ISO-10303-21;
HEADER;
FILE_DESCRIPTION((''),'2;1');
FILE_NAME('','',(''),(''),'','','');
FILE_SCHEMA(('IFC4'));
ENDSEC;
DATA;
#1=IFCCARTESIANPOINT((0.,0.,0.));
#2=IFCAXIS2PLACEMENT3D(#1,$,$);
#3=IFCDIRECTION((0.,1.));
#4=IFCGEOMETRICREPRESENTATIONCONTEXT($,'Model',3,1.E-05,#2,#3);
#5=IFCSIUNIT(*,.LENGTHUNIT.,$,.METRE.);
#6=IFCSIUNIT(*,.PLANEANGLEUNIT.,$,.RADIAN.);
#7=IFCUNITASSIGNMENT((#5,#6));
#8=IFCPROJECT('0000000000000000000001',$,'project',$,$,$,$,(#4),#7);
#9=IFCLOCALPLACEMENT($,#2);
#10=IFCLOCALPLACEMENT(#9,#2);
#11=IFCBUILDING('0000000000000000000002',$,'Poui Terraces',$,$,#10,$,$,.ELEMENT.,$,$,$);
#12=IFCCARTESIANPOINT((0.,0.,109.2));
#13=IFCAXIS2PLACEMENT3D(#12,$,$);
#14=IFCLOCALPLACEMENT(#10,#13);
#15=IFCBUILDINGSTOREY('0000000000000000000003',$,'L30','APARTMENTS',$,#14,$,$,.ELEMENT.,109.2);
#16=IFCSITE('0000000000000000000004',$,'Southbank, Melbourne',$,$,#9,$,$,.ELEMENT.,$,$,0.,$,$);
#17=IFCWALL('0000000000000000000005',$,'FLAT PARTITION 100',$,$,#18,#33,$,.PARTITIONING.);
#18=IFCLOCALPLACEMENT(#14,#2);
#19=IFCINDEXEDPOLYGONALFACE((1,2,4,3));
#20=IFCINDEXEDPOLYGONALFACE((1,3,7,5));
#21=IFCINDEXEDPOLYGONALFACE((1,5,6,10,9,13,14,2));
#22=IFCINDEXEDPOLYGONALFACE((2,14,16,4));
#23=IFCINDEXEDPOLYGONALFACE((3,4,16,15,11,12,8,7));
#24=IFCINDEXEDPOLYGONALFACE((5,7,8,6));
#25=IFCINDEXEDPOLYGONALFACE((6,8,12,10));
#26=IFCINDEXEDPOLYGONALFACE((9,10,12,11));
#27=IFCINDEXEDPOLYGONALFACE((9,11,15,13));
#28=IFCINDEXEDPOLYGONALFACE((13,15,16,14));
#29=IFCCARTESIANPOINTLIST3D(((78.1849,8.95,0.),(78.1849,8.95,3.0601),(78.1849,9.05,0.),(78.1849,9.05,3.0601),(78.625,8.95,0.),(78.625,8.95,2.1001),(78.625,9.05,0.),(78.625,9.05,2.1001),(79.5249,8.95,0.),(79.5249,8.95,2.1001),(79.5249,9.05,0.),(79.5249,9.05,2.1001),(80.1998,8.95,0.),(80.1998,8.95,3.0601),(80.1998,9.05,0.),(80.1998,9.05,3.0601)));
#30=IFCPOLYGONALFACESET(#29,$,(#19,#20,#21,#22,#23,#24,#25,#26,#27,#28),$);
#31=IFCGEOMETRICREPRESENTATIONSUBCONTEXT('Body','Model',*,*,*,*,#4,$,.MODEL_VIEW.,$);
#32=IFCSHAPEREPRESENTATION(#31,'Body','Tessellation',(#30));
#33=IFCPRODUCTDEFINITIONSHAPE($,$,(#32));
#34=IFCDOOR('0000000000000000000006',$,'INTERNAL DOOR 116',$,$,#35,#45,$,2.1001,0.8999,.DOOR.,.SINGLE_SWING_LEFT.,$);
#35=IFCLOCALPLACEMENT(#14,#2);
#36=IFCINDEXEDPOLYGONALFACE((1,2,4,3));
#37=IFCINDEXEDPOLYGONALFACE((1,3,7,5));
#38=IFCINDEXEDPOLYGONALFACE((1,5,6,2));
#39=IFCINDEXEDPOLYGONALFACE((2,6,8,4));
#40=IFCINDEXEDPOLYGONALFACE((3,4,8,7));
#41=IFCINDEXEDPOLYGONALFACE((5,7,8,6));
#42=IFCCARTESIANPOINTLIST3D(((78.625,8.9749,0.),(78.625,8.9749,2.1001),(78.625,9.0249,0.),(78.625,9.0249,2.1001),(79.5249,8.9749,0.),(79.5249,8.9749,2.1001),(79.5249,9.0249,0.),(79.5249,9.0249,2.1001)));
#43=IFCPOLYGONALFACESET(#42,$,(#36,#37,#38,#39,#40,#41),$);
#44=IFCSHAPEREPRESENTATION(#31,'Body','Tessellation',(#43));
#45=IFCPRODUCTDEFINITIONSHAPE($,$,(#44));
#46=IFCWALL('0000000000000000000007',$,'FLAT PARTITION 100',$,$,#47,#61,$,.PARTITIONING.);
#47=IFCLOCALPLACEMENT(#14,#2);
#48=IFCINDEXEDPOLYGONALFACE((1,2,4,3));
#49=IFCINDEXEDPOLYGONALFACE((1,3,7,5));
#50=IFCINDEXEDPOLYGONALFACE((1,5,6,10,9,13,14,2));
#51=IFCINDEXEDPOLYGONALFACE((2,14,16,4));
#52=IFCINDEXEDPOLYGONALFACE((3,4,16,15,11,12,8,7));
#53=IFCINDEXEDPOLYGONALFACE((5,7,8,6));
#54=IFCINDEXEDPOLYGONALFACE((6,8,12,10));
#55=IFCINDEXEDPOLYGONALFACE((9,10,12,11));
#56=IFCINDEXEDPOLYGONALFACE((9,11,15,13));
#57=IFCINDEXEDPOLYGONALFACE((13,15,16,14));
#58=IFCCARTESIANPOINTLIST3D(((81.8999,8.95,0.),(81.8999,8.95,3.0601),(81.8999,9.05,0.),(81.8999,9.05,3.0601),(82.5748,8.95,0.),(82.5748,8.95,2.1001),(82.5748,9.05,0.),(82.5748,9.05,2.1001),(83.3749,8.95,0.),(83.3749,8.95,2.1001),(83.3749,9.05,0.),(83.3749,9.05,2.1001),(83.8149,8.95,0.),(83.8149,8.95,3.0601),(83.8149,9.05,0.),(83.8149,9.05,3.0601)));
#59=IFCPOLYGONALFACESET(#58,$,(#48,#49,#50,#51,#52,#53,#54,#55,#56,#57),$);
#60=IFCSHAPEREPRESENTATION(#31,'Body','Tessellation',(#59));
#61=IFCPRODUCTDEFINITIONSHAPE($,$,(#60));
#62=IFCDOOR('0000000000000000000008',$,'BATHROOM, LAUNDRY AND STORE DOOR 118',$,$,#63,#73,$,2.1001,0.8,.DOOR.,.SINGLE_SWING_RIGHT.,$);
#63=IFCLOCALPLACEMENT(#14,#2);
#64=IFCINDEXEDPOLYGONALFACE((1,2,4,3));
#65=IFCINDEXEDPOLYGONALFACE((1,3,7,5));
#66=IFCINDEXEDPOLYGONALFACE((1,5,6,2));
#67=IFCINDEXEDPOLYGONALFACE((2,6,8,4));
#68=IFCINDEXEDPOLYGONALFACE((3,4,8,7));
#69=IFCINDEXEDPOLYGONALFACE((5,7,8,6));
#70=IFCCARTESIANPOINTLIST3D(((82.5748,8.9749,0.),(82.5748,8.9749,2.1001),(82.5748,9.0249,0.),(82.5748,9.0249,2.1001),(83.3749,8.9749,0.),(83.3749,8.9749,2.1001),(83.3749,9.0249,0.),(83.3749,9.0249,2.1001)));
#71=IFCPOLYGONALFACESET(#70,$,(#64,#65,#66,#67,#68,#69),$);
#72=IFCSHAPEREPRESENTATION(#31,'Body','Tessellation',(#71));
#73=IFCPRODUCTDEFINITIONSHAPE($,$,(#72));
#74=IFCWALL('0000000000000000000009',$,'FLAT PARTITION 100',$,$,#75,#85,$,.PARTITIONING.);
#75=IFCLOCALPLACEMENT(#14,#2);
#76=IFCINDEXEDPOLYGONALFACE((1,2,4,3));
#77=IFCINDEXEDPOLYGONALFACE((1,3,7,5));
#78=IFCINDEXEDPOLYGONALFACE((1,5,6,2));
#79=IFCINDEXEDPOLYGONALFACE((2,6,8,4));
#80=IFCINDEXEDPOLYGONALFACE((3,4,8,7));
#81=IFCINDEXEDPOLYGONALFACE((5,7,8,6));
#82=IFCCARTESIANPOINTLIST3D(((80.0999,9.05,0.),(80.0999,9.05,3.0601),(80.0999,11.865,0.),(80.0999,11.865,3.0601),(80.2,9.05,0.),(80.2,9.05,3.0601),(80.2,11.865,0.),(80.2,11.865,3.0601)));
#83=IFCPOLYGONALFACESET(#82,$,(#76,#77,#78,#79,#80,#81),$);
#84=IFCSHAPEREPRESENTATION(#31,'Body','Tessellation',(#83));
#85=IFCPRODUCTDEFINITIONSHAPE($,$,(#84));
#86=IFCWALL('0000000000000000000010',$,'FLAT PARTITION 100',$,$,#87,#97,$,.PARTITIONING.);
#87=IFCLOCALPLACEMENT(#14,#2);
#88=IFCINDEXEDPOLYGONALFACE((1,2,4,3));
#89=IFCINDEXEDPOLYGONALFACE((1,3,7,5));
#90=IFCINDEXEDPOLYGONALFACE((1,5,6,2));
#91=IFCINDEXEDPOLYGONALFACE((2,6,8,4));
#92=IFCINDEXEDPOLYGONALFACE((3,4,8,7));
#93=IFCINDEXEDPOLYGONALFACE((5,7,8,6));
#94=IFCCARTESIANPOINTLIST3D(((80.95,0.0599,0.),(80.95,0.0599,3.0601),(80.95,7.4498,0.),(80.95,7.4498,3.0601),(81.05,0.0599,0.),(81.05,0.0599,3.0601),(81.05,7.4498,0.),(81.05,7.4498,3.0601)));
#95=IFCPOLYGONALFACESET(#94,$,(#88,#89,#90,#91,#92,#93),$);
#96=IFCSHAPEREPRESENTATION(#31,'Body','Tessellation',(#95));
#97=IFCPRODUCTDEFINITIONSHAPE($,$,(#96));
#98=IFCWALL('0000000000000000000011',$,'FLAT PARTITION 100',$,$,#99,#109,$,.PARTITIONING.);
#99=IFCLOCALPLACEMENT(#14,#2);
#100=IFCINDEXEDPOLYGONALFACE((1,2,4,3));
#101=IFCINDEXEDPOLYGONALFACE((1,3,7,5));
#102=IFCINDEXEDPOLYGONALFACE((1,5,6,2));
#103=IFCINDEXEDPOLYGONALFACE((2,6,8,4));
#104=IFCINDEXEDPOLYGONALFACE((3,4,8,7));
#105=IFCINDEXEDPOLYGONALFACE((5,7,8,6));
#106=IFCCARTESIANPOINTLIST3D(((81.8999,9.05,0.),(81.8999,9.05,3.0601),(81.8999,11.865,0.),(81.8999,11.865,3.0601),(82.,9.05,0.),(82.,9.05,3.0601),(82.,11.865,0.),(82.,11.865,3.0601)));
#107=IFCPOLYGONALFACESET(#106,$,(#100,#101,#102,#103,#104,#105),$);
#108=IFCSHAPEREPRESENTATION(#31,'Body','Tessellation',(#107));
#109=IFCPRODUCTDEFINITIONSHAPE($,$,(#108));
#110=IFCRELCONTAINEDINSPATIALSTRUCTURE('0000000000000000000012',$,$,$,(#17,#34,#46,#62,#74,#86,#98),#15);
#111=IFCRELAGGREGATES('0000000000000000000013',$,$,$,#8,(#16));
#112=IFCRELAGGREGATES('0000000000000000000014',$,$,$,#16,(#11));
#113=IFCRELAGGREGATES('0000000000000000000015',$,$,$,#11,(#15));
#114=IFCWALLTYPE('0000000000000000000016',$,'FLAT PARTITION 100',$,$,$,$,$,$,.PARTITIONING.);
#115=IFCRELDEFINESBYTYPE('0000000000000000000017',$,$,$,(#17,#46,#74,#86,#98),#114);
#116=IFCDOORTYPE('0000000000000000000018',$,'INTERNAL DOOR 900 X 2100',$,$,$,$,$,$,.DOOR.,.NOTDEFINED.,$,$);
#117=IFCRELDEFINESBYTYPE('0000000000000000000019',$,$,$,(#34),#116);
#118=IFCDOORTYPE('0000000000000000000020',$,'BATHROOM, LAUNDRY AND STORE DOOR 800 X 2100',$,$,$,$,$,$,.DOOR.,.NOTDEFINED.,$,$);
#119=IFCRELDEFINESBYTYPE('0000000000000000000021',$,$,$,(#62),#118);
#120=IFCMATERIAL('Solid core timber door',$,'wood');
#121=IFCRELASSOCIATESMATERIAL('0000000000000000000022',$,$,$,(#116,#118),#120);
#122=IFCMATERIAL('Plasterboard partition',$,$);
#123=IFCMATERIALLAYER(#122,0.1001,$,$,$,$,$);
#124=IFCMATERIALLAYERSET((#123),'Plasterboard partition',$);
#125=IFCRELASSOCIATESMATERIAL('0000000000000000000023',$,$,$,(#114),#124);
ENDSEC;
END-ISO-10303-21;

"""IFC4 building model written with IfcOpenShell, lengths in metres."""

from ifc_helpers import new_model, si_unit, direction, frame, frame_2d, origin, place, context, subcontext, project, spatial, rectangle, extrude, material, layer, layer_set, type_object, element, fill, save


model = new_model("IFC4")

# Units and contexts
model_context = context("Model", 3, precision=1e-05, world=origin(), true_north=direction((0.0, 1.0)))
body_context = subcontext(model_context, "Body", "Model", "MODEL_VIEW")
ifc_project = project(units=[si_unit("LENGTHUNIT", "METRE"), si_unit("PLANEANGLEUNIT", "RADIAN")], contexts=[model_context])

# Site, building, storey
site_placement = place(None, origin())
site = spatial("IfcSite", under=ifc_project, at=site_placement, Name="Southbank, Melbourne", CompositionType="ELEMENT", RefElevation=0.0)
building_placement = place(site_placement, origin())
building = spatial("IfcBuilding", under=site, at=building_placement, Name="Poui Terraces", CompositionType="ELEMENT")
storey_placement = place(building_placement, frame((0.0, 0.0, 109.2)))
storey = spatial("IfcBuildingStorey", under=building, at=storey_placement, Name="L30", Description="APARTMENTS", CompositionType="ELEMENT", Elevation=109.2)

# Shared definitions
ifc_material_1 = material(Name="Solid core timber door", Category="wood")
door_type_1 = type_object("IfcDoorType", Name="INTERNAL DOOR 900 X 2100", OperationType="NOTDEFINED", PredefinedType="DOOR", material=ifc_material_1)

# Walls, openings, doors
ifc_material_2 = material(Name="Plasterboard partition")
ifc_layer_1 = layer(ifc_material_2, 0.1001)
ifc_layer_set_1 = layer_set([ifc_layer_1], Name="Plasterboard partition")
wall_type_1 = type_object("IfcWallType", Name="FLAT PARTITION 100", PredefinedType="PARTITIONING", material=ifc_layer_set_1)
wall_1_placement = place(storey_placement, frame((78.1851, 9.0, 0.0), z_axis=(0.0, 0.0, 1.0), x_axis=(1.0, 0.0, 0.0)))
wall_1 = element("IfcWall", 1, at=wall_1_placement, inside=storey, type_object=wall_type_1, Name="FLAT PARTITION 100", PredefinedType="PARTITIONING", context=body_context, shape_type="SweptSolid", body=[
    extrude(rectangle(XDim=2.0149, YDim=0.1001, at=frame_2d((1.0073, 0.0))), origin(), (0.0, 0.0, 1.0), 3.0601),
])
opening_1_placement = place(wall_1_placement, frame((0.4399, 0.0, 0.0)))
opening_1 = element("IfcOpeningElement", 2, at=opening_1_placement, cuts=wall_1, PredefinedType="OPENING", context=body_context, shape_type="SweptSolid", body=[
    extrude(rectangle(XDim=0.8999, YDim=2.1001, at=frame_2d((0.45, 1.05))), frame((0.0, 0.0601, 0.0), z_axis=(0.0, -1.0, 0.0), x_axis=(1.0, 0.0, 0.0)), (0.0, 0.0, 1.0), 0.1201),
])
door_1_placement = place(opening_1_placement, origin())
door_1 = element("IfcDoor", 3, at=door_1_placement, inside=storey, type_object=door_type_1, Name="INTERNAL DOOR 116", OperationType="SINGLE_SWING_LEFT", OverallHeight=2.1001, OverallWidth=0.8999, PredefinedType="DOOR", context=body_context, shape_type="SweptSolid", body=[
    extrude(rectangle(XDim=0.8999, YDim=2.1001, at=frame_2d((0.45, 1.05))), frame((0.0, 0.0249, 0.0), z_axis=(0.0, -1.0, 0.0), x_axis=(1.0, 0.0, 0.0)), (0.0, 0.0, 1.0), 0.05),
])
fill(opening_1, door_1)
wall_2_placement = place(storey_placement, frame((81.8999, 9.0, 0.0), z_axis=(0.0, 0.0, 1.0), x_axis=(1.0, 0.0, 0.0)))
wall_2 = element("IfcWall", 4, at=wall_2_placement, inside=storey, type_object=wall_type_1, Name="FLAT PARTITION 100", PredefinedType="PARTITIONING", context=body_context, shape_type="SweptSolid", body=[
    extrude(rectangle(XDim=1.915, YDim=0.1001, at=frame_2d((0.9575, 0.0))), origin(), (0.0, 0.0, 1.0), 3.0601),
])
opening_2_placement = place(wall_2_placement, frame((0.675, 0.0, 0.0)))
opening_2 = element("IfcOpeningElement", 5, at=opening_2_placement, cuts=wall_2, PredefinedType="OPENING", context=body_context, shape_type="SweptSolid", body=[
    extrude(rectangle(XDim=0.8, YDim=2.1001, at=frame_2d((0.3999, 1.05))), frame((0.0, 0.0601, 0.0), z_axis=(0.0, -1.0, 0.0), x_axis=(1.0, 0.0, 0.0)), (0.0, 0.0, 1.0), 0.1201),
])
door_type_2 = type_object("IfcDoorType", Name="BATHROOM, LAUNDRY AND STORE DOOR 800 X 2100", OperationType="NOTDEFINED", PredefinedType="DOOR", material=ifc_material_1)
door_2_placement = place(opening_2_placement, origin())
door_2 = element("IfcDoor", 6, at=door_2_placement, inside=storey, type_object=door_type_2, Name="BATHROOM, LAUNDRY AND STORE DOOR 118", OperationType="SINGLE_SWING_RIGHT", OverallHeight=2.1001, OverallWidth=0.8, PredefinedType="DOOR", context=body_context, shape_type="SweptSolid", body=[
    extrude(rectangle(XDim=0.8, YDim=2.1001, at=frame_2d((0.3999, 1.05))), frame((0.0, 0.0249, 0.0), z_axis=(0.0, -1.0, 0.0), x_axis=(1.0, 0.0, 0.0)), (0.0, 0.0, 1.0), 0.05),
])
fill(opening_2, door_2)

# Walls
wall_3_placement = place(storey_placement, frame((80.1499, 9.05, 0.0), z_axis=(0.0, 0.0, 1.0), x_axis=(0.0, 1.0, 0.0)))
element("IfcWall", 7, at=wall_3_placement, inside=storey, type_object=wall_type_1, Name="FLAT PARTITION 100", PredefinedType="PARTITIONING", context=body_context, shape_type="SweptSolid", body=[
    extrude(rectangle(XDim=2.8149, YDim=0.1001, at=frame_2d((1.4075, 0.0))), origin(), (0.0, 0.0, 1.0), 3.0601),
])
wall_4_placement = place(storey_placement, frame((81.0, 0.0601, 0.0), z_axis=(0.0, 0.0, 1.0), x_axis=(0.0, 1.0, 0.0)))
element("IfcWall", 8, at=wall_4_placement, inside=storey, type_object=wall_type_1, Name="FLAT PARTITION 100", PredefinedType="PARTITIONING", context=body_context, shape_type="SweptSolid", body=[
    extrude(rectangle(XDim=7.3899, YDim=0.1001, at=frame_2d((3.6948, 0.0))), origin(), (0.0, 0.0, 1.0), 3.0601),
])
wall_5_placement = place(storey_placement, frame((81.95, 9.05, 0.0), z_axis=(0.0, 0.0, 1.0), x_axis=(0.0, 1.0, 0.0)))
element("IfcWall", 9, at=wall_5_placement, inside=storey, type_object=wall_type_1, Name="FLAT PARTITION 100", PredefinedType="PARTITIONING", context=body_context, shape_type="SweptSolid", body=[
    extrude(rectangle(XDim=2.8149, YDim=0.1001, at=frame_2d((1.4075, 0.0))), origin(), (0.0, 0.0, 1.0), 3.0601),
])

save(model, "model.ifc")
